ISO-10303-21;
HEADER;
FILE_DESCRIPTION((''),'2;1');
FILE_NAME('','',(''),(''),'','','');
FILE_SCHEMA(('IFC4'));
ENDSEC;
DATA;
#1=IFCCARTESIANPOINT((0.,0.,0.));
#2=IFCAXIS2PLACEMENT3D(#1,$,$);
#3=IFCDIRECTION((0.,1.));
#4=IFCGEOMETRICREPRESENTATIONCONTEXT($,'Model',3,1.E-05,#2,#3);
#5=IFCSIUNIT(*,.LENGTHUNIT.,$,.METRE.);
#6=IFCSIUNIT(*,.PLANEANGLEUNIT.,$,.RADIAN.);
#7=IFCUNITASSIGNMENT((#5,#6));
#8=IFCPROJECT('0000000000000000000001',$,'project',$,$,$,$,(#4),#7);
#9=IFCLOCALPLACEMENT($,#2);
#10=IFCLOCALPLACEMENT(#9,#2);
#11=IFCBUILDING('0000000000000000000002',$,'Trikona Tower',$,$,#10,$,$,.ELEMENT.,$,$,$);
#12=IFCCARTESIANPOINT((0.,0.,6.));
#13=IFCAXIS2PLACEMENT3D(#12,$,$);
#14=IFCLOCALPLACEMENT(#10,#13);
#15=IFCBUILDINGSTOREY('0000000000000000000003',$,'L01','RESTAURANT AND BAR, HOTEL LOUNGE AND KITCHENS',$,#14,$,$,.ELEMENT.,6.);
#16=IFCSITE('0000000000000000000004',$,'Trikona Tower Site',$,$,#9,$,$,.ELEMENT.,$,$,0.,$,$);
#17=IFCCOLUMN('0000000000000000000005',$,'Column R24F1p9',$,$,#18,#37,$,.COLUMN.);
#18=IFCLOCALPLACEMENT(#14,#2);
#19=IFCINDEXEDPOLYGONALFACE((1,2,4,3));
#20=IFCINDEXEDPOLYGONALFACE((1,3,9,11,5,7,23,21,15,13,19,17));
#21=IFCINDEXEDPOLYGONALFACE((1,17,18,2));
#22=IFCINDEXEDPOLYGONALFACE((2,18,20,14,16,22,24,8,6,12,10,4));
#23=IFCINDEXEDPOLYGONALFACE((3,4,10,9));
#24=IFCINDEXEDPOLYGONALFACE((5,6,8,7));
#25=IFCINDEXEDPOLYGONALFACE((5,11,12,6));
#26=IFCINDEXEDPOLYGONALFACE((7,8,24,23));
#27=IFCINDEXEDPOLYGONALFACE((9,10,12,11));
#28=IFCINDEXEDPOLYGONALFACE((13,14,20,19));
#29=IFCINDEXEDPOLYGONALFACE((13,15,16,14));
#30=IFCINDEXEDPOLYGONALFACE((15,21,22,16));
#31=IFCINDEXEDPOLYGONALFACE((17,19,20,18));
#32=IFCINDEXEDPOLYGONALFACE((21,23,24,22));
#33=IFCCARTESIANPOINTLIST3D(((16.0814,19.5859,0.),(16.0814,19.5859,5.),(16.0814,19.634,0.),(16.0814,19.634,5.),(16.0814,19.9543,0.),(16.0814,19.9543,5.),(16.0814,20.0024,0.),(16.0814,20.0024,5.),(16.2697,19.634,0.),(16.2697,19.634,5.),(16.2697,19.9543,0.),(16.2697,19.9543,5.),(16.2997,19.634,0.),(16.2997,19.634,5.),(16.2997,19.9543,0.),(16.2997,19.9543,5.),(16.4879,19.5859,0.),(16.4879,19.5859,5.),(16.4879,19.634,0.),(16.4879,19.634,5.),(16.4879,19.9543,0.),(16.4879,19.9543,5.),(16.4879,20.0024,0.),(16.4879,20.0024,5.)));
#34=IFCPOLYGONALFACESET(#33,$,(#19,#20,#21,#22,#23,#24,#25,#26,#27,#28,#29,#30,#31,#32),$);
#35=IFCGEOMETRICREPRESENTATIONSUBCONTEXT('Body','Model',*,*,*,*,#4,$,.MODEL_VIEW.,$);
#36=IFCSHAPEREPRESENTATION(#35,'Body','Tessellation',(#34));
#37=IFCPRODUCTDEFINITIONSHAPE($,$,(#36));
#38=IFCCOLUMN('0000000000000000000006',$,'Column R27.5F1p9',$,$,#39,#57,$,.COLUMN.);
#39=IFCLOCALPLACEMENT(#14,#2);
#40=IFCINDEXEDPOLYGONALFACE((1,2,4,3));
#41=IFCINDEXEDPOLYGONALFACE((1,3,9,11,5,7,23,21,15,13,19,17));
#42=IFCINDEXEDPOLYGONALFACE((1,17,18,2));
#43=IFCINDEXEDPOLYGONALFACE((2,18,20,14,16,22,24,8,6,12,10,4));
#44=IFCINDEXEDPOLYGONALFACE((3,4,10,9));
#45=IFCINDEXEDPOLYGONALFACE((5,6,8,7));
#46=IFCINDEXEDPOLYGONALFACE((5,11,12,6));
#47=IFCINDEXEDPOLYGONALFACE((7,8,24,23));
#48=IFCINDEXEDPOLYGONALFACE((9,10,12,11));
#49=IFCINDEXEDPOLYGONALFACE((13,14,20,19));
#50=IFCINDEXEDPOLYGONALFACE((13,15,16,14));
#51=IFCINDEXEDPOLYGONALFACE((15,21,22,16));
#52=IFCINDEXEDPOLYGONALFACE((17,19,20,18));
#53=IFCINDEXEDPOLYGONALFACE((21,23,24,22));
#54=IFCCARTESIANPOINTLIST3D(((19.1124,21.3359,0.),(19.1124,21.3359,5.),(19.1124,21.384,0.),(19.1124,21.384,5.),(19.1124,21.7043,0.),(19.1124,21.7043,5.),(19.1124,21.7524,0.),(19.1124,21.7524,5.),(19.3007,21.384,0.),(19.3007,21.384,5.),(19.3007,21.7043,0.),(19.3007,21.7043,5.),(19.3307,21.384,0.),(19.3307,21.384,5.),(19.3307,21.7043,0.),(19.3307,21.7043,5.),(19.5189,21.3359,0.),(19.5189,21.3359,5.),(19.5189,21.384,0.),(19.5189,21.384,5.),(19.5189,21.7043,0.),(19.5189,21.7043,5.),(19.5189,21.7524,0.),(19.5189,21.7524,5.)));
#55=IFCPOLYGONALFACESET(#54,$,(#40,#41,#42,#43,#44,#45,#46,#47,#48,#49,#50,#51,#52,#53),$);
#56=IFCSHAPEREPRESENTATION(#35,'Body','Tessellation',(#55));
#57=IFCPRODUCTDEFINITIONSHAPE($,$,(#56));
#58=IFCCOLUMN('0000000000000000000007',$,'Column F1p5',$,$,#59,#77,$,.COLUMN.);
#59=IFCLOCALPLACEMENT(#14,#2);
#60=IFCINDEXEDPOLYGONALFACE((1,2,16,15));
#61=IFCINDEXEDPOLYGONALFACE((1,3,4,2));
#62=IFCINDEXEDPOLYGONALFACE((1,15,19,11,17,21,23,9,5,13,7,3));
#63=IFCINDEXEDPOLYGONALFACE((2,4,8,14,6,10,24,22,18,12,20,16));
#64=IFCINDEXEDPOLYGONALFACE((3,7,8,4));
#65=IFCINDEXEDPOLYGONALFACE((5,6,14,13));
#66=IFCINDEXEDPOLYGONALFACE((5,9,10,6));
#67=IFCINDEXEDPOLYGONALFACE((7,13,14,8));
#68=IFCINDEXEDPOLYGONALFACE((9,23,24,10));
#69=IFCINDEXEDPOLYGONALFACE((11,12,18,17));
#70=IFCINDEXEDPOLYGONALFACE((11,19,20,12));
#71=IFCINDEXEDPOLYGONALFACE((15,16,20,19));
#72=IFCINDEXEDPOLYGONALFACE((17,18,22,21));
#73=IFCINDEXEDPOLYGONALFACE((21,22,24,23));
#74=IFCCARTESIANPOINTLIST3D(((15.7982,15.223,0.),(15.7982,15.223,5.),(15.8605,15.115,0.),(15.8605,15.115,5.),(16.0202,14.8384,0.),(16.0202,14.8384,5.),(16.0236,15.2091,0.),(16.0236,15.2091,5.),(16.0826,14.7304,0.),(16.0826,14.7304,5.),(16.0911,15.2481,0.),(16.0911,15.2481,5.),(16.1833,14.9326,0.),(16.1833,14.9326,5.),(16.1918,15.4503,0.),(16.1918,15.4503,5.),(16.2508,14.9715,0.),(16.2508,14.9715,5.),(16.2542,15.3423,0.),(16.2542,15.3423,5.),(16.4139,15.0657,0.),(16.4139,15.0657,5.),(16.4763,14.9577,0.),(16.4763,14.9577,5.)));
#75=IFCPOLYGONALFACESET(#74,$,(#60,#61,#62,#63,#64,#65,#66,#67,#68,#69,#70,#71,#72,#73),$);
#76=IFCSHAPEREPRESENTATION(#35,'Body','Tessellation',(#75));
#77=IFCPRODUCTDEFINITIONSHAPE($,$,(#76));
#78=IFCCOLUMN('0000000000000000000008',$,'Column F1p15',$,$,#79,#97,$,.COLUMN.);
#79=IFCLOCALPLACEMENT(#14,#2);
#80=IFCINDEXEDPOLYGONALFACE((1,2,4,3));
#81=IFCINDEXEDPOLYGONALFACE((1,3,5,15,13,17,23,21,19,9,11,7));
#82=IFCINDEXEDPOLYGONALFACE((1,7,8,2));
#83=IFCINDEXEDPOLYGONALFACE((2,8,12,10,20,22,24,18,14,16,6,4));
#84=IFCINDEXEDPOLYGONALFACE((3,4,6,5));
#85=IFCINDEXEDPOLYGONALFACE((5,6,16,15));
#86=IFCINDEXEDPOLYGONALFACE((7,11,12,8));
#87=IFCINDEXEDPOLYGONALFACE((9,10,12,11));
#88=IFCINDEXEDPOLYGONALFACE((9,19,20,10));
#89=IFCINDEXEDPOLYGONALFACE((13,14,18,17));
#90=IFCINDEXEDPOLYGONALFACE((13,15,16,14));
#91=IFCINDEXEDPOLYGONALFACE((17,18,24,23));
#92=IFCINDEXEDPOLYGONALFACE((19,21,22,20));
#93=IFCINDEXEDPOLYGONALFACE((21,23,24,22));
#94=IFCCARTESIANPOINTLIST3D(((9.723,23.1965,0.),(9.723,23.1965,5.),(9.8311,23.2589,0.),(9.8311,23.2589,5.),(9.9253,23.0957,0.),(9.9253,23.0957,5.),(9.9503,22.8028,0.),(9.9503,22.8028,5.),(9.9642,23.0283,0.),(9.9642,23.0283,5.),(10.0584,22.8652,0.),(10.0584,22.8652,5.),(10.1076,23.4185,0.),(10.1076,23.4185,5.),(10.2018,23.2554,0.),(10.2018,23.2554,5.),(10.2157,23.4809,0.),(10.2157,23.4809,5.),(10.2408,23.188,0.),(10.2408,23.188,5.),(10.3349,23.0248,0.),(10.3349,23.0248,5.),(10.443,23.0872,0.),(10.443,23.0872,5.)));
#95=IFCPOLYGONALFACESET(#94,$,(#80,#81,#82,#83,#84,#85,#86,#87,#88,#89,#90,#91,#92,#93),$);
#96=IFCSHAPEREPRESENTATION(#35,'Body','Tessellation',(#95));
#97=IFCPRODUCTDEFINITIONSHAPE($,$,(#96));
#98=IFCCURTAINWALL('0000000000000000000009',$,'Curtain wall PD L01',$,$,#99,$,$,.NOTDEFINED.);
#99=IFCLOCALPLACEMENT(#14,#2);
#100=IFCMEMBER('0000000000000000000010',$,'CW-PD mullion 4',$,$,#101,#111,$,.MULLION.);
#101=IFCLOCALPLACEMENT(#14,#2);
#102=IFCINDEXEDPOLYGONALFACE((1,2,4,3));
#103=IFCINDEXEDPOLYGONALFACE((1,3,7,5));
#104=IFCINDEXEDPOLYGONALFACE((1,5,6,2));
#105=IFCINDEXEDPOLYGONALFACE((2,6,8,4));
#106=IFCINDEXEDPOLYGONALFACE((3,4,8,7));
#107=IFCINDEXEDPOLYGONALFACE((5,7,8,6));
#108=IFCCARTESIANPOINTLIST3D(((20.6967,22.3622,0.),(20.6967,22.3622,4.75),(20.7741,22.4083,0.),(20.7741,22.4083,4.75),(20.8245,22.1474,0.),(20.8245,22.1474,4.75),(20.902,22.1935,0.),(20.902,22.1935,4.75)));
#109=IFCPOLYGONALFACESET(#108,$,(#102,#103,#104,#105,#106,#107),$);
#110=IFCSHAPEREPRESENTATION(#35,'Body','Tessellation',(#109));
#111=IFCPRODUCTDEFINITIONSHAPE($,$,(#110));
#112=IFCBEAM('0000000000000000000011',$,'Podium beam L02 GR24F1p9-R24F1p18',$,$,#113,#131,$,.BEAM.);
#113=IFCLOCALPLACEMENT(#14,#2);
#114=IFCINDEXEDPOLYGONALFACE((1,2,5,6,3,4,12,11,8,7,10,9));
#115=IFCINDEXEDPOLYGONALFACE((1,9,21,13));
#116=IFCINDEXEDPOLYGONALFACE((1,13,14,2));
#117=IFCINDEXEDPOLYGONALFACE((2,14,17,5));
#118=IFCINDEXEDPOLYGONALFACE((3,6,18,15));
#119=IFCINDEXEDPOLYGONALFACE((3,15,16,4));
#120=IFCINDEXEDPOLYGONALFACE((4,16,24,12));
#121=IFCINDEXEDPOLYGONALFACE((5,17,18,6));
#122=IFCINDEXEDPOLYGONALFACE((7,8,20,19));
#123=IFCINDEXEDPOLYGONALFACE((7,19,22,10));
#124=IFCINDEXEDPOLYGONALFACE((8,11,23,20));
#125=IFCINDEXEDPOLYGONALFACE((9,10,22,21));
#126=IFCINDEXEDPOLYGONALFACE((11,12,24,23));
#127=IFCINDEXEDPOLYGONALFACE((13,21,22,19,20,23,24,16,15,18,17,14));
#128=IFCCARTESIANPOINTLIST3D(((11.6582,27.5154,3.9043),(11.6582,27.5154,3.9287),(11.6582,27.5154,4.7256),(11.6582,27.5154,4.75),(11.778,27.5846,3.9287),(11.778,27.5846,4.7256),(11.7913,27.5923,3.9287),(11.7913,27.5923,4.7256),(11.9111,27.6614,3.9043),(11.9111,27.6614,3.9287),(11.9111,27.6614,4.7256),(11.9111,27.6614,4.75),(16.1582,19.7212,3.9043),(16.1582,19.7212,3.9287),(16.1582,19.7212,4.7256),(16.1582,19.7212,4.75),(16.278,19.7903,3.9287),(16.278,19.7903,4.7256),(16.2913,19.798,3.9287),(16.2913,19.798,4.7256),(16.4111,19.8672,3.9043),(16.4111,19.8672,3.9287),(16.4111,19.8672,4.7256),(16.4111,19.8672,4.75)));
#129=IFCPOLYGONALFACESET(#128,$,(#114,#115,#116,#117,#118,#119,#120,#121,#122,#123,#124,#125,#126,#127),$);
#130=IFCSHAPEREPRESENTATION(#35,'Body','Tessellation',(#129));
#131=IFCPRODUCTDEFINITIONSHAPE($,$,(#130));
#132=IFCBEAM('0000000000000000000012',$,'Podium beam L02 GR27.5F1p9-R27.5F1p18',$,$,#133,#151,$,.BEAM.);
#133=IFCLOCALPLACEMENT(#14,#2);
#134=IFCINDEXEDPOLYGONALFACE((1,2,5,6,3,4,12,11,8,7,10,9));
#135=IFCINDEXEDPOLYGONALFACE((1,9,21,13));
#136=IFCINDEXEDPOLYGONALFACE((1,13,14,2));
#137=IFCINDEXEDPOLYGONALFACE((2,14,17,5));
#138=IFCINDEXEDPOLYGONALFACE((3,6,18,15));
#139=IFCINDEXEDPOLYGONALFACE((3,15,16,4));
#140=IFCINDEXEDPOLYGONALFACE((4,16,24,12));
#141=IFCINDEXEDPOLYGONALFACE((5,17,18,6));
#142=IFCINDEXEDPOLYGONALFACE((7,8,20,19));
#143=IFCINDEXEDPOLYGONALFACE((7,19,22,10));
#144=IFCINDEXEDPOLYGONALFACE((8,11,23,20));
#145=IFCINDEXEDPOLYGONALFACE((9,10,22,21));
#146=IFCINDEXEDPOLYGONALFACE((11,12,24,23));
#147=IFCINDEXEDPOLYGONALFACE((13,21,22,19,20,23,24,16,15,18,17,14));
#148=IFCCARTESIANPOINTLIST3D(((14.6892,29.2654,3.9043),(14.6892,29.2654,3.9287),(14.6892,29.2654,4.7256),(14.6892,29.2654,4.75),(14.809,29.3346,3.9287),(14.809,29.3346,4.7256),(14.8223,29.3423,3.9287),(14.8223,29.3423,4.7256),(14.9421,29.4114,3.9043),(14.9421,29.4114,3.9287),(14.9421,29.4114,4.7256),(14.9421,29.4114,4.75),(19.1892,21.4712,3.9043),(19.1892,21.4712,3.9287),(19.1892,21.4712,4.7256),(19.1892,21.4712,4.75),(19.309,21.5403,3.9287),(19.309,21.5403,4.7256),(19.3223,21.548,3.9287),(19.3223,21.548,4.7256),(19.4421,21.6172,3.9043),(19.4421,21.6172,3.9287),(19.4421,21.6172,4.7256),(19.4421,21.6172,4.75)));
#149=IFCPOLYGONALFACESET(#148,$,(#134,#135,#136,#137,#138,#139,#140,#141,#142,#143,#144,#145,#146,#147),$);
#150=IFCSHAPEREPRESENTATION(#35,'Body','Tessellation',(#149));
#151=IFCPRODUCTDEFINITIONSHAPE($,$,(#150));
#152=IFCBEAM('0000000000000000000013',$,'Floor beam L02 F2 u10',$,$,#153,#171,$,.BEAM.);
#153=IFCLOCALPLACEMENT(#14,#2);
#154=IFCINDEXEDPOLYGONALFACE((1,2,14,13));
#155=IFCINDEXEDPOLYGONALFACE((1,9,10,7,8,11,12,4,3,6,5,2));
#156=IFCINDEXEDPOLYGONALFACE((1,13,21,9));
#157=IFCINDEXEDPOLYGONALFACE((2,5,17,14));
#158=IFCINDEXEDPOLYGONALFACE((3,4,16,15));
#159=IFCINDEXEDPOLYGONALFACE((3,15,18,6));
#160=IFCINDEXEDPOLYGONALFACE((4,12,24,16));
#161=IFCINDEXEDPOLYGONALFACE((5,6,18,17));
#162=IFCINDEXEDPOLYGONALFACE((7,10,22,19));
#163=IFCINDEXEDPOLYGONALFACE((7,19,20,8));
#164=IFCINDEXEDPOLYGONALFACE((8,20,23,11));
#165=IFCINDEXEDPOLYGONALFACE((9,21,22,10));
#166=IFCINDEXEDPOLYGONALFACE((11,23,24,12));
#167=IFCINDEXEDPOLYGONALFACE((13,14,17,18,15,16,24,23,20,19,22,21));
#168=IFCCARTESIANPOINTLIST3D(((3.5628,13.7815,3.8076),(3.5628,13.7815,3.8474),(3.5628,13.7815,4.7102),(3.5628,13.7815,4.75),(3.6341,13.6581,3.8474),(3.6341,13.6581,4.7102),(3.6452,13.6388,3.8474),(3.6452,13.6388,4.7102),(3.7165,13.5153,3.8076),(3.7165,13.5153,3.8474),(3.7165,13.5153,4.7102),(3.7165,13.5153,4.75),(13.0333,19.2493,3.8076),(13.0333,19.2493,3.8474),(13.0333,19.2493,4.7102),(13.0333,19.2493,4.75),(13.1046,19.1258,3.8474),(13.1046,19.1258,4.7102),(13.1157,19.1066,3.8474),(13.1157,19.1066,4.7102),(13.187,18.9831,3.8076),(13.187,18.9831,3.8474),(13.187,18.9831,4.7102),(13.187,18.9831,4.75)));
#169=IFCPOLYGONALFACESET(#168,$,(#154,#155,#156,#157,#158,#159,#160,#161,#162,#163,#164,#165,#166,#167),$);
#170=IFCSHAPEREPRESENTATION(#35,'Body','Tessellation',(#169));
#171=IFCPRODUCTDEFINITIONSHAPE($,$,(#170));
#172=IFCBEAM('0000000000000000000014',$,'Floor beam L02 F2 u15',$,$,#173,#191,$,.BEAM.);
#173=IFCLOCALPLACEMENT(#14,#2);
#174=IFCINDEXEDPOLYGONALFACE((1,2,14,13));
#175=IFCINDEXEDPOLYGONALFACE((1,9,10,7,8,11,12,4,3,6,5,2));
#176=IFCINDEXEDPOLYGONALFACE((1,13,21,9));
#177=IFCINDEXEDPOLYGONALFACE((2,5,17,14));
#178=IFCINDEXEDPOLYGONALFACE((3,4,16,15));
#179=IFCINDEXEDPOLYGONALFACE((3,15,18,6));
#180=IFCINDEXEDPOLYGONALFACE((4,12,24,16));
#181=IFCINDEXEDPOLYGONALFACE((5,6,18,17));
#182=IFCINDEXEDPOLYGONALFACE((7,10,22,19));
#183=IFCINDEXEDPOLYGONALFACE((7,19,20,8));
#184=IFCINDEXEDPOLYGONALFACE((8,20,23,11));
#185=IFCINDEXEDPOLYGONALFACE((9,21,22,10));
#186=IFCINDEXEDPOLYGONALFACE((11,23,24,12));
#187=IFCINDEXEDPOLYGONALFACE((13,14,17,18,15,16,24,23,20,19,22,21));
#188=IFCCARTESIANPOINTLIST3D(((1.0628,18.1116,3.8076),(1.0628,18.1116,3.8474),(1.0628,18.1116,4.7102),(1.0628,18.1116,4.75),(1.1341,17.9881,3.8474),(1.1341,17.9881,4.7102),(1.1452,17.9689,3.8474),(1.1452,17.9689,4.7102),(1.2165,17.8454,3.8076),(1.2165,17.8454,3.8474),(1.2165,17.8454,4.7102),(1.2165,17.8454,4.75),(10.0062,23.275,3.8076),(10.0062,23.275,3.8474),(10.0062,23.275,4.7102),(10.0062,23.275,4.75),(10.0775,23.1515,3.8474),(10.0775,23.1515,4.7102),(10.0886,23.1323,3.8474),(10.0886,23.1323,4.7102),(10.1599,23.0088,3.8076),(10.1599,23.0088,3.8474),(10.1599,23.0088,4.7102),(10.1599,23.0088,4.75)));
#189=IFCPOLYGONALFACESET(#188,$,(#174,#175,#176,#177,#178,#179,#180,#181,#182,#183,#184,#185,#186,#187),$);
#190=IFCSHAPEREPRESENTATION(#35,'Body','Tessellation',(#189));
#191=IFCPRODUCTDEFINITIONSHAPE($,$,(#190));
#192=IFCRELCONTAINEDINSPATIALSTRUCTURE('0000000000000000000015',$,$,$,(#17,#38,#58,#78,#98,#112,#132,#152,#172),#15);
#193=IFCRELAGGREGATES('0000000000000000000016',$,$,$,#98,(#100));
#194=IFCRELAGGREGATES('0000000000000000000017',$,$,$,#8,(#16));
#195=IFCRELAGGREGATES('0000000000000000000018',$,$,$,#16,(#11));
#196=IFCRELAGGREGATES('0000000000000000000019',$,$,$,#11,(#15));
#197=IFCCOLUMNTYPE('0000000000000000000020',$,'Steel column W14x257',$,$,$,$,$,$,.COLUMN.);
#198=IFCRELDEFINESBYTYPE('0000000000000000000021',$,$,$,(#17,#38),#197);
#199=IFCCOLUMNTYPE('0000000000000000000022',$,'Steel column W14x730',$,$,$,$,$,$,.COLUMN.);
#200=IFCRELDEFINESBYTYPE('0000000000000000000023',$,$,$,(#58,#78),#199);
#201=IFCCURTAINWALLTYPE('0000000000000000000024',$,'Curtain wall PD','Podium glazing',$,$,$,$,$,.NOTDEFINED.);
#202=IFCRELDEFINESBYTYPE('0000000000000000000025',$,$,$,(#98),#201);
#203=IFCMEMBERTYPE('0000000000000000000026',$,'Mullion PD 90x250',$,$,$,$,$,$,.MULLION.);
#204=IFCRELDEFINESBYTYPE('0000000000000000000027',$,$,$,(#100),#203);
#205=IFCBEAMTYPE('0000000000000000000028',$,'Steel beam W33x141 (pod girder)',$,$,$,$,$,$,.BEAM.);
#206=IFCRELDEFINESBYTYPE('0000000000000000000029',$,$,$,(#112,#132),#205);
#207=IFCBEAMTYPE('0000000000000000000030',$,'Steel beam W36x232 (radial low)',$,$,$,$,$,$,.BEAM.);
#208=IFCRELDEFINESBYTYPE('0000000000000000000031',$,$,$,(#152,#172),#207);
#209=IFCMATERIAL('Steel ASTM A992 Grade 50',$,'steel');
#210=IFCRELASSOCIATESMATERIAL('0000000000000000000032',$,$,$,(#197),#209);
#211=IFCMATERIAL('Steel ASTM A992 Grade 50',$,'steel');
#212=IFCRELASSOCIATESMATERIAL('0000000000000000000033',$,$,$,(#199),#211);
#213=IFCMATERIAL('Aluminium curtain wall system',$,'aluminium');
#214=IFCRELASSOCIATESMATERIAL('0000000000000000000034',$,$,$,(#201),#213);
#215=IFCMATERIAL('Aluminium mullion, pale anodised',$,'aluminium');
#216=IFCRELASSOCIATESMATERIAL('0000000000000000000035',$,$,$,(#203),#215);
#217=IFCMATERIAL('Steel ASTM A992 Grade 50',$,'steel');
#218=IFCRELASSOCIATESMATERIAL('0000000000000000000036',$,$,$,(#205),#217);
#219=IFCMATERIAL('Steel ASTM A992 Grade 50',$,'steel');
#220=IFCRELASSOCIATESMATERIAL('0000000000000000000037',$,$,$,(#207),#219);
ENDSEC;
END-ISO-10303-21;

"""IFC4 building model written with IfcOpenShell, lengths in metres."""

from ifc_helpers import new_model, si_unit, direction, frame, origin, origin_2d, place, context, subcontext, project, spatial, rectangle, i_section, extrude, material, material_profile, profile_set, type_object, element, aggregate, save


model = new_model("IFC4")

# Units and contexts
model_context = context("Model", 3, precision=1e-05, world=origin(), true_north=direction((0.0, 1.0)))
body_context = subcontext(model_context, "Body", "Model", "MODEL_VIEW")
ifc_project = project(units=[si_unit("LENGTHUNIT", "METRE"), si_unit("PLANEANGLEUNIT", "RADIAN")], contexts=[model_context])

# Site, building, storey
site_placement = place(None, origin())
site = spatial("IfcSite", under=ifc_project, at=site_placement, Name="Trikona Tower Site", CompositionType="ELEMENT", RefElevation=0.0)
building_placement = place(site_placement, origin())
building = spatial("IfcBuilding", under=site, at=building_placement, Name="Trikona Tower", CompositionType="ELEMENT")
storey_placement = place(building_placement, frame((0.0, 0.0, 6.0)))
storey = spatial("IfcBuildingStorey", under=building, at=storey_placement, Name="L01", Description="RESTAURANT AND BAR, HOTEL LOUNGE AND KITCHENS", CompositionType="ELEMENT", Elevation=6.0)

# Columns
ifc_material_1 = material(Name="Steel ASTM A992 Grade 50", Category="steel")
ifc_material_profile_1 = material_profile(ifc_material_1, i_section(OverallWidth=0.4065, OverallDepth=0.4165, WebThickness=0.03, FlangeThickness=0.0481, at=origin_2d()), Name="W14X257")
ifc_profile_set_1 = profile_set([ifc_material_profile_1], Name="Steel ASTM A992 Grade 50")
column_type_1 = type_object("IfcColumnType", Name="Steel column W14x257", PredefinedType="COLUMN", material=ifc_profile_set_1)
for number, where, z_axis, x_axis, name in (
    (1, (16.2847, 19.7942, 0.0), (0.0, 0.0, 1.0), (1.0, 0.0, 0.0), "Column R24F1p9"),
    (2, (19.3157, 21.5442, 0.0), (0.0, 0.0, 1.0), (1.0, 0.0, 0.0), "Column R27.5F1p9"),
):
    element("IfcColumn", number, at=place(storey_placement, frame(where, z_axis=z_axis, x_axis=x_axis)), inside=storey, type_object=column_type_1, Name=name, PredefinedType="COLUMN", context=body_context, shape_type="SweptSolid", body=[
        extrude(i_section(OverallWidth=0.4065, OverallDepth=0.4165, WebThickness=0.03, FlangeThickness=0.0481, at=origin_2d()), origin(), (0.0, 0.0, 1.0), 5.0),
    ])
ifc_material_2 = material(Name="Steel ASTM A992 Grade 50", Category="steel")
ifc_material_profile_2 = material_profile(ifc_material_2, i_section(OverallWidth=0.4546, OverallDepth=0.5688, WebThickness=0.0779, FlangeThickness=0.1248, at=origin_2d()), Name="W14X730")
ifc_profile_set_2 = profile_set([ifc_material_profile_2], Name="Steel ASTM A992 Grade 50")
column_type_2 = type_object("IfcColumnType", Name="Steel column W14x730", PredefinedType="COLUMN", material=ifc_profile_set_2)
for number, where, z_axis, x_axis, name in (
    (3, (16.1372, 15.0903, 0.0), (0.0, 0.0, 1.0), (0.866025, 0.5, 0.0), "Column F1p5"),
    (4, (10.083, 23.1418, 0.0), (0.0, 0.0, 1.0), (-0.5, 0.866025, 0.0), "Column F1p15"),
):
    element("IfcColumn", number, at=place(storey_placement, frame(where, z_axis=z_axis, x_axis=x_axis)), inside=storey, type_object=column_type_2, Name=name, PredefinedType="COLUMN", context=body_context, shape_type="SweptSolid", body=[
        extrude(i_section(OverallWidth=0.4546, OverallDepth=0.5688, WebThickness=0.0779, FlangeThickness=0.1248, at=origin_2d()), origin(), (0.0, 0.0, 1.0), 5.0),
    ])

# Curtain wall, member
ifc_material_3 = material(Name="Aluminium curtain wall system", Category="aluminium")
curtain_wall_type = type_object("IfcCurtainWallType", Name="Curtain wall PD", Description="Podium glazing", PredefinedType="NOTDEFINED", material=ifc_material_3)
curtain_wall_placement = place(storey_placement, origin())
curtain_wall = element("IfcCurtainWall", 5, at=curtain_wall_placement, inside=storey, type_object=curtain_wall_type, Name="Curtain wall PD L01", PredefinedType="NOTDEFINED")
ifc_material_4 = material(Name="Aluminium mullion, pale anodised", Category="aluminium")
ifc_material_profile_3 = material_profile(ifc_material_4, rectangle(XDim=0.0901, YDim=0.25, at=origin_2d()), Name="MUL-PD")
ifc_profile_set_3 = profile_set([ifc_material_profile_3], Name="Aluminium mullion, pale anodised")
member_type = type_object("IfcMemberType", Name="Mullion PD 90x250", PredefinedType="MULLION", material=ifc_profile_set_3)
member_placement = place(storey_placement, frame((20.7993, 22.2778, 0.0), z_axis=(0.0, 0.0, 1.0), x_axis=(-0.859284, -0.511499, 0.0)))
member = element("IfcMember", 6, at=member_placement, type_object=member_type, Name="CW-PD mullion 4", PredefinedType="MULLION", context=body_context, shape_type="SweptSolid", body=[
    extrude(rectangle(XDim=0.0901, YDim=0.25, at=origin_2d()), origin(), (0.0, 0.0, 1.0), 4.75),
])

# Beams
ifc_material_5 = material(Name="Steel ASTM A992 Grade 50", Category="steel")
ifc_material_profile_4 = material_profile(ifc_material_5, i_section(OverallWidth=0.292, OverallDepth=0.8457, WebThickness=0.0154, FlangeThickness=0.0244, at=origin_2d()), Name="W33X141")
ifc_profile_set_4 = profile_set([ifc_material_profile_4], Name="Steel ASTM A992 Grade 50")
beam_type_1 = type_object("IfcBeamType", Name="Steel beam W33x141 (pod girder)", PredefinedType="BEAM", material=ifc_profile_set_4)
for number, where, z_axis, x_axis, name in (
    (7, (16.2847, 19.7942, 4.3271), (-0.500002, 0.866024, 0.0), (-0.866024, -0.500002, 0.0), "Podium beam L02 GR24F1p9-R24F1p18"),
    (8, (19.3157, 21.5442, 4.3271), (-0.500002, 0.866024, 0.0), (-0.866024, -0.500002, 0.0), "Podium beam L02 GR27.5F1p9-R27.5F1p18"),
):
    element("IfcBeam", number, at=place(storey_placement, frame(where, z_axis=z_axis, x_axis=x_axis)), inside=storey, type_object=beam_type_1, Name=name, PredefinedType="BEAM", context=body_context, shape_type="SweptSolid", body=[
        extrude(i_section(OverallWidth=0.292, OverallDepth=0.8457, WebThickness=0.0154, FlangeThickness=0.0244, at=origin_2d()), origin(), (0.0, 0.0, 1.0), 9.0),
    ])
ifc_material_6 = material(Name="Steel ASTM A992 Grade 50", Category="steel")
ifc_material_profile_5 = material_profile(ifc_material_6, i_section(OverallWidth=0.3074, OverallDepth=0.9424, WebThickness=0.0222, FlangeThickness=0.0398, at=origin_2d()), Name="W36X232")
ifc_profile_set_5 = profile_set([ifc_material_profile_5], Name="Steel ASTM A992 Grade 50")
beam_type_2 = type_object("IfcBeamType", Name="Steel beam W36x232 (radial low)", PredefinedType="BEAM", material=ifc_profile_set_5)
beam_1_placement = place(storey_placement, frame((3.6396, 13.6484, 4.2788), z_axis=(0.866025, 0.5, 0.0), x_axis=(-0.5, 0.866025, 0.0)))
element("IfcBeam", 9, at=beam_1_placement, inside=storey, type_object=beam_type_2, Name="Floor beam L02 F2 u10", PredefinedType="BEAM", context=body_context, shape_type="SweptSolid", body=[
    extrude(i_section(OverallWidth=0.3074, OverallDepth=0.9424, WebThickness=0.0222, FlangeThickness=0.0398, at=origin_2d()), origin(), (0.0, 0.0, 1.0), 10.9355),
])
beam_2_placement = place(storey_placement, frame((1.1396, 17.9785, 4.2788), z_axis=(0.86603, 0.499991, 0.0), x_axis=(-0.499991, 0.86603, 0.0)))
element("IfcBeam", 10, at=beam_2_placement, inside=storey, type_object=beam_type_2, Name="Floor beam L02 F2 u15", PredefinedType="BEAM", context=body_context, shape_type="SweptSolid", body=[
    extrude(i_section(OverallWidth=0.3074, OverallDepth=0.9424, WebThickness=0.0222, FlangeThickness=0.0398, at=origin_2d()), origin(), (0.0, 0.0, 1.0), 10.3269),
])

aggregate(curtain_wall, [member])

save(model, "model.ifc")
